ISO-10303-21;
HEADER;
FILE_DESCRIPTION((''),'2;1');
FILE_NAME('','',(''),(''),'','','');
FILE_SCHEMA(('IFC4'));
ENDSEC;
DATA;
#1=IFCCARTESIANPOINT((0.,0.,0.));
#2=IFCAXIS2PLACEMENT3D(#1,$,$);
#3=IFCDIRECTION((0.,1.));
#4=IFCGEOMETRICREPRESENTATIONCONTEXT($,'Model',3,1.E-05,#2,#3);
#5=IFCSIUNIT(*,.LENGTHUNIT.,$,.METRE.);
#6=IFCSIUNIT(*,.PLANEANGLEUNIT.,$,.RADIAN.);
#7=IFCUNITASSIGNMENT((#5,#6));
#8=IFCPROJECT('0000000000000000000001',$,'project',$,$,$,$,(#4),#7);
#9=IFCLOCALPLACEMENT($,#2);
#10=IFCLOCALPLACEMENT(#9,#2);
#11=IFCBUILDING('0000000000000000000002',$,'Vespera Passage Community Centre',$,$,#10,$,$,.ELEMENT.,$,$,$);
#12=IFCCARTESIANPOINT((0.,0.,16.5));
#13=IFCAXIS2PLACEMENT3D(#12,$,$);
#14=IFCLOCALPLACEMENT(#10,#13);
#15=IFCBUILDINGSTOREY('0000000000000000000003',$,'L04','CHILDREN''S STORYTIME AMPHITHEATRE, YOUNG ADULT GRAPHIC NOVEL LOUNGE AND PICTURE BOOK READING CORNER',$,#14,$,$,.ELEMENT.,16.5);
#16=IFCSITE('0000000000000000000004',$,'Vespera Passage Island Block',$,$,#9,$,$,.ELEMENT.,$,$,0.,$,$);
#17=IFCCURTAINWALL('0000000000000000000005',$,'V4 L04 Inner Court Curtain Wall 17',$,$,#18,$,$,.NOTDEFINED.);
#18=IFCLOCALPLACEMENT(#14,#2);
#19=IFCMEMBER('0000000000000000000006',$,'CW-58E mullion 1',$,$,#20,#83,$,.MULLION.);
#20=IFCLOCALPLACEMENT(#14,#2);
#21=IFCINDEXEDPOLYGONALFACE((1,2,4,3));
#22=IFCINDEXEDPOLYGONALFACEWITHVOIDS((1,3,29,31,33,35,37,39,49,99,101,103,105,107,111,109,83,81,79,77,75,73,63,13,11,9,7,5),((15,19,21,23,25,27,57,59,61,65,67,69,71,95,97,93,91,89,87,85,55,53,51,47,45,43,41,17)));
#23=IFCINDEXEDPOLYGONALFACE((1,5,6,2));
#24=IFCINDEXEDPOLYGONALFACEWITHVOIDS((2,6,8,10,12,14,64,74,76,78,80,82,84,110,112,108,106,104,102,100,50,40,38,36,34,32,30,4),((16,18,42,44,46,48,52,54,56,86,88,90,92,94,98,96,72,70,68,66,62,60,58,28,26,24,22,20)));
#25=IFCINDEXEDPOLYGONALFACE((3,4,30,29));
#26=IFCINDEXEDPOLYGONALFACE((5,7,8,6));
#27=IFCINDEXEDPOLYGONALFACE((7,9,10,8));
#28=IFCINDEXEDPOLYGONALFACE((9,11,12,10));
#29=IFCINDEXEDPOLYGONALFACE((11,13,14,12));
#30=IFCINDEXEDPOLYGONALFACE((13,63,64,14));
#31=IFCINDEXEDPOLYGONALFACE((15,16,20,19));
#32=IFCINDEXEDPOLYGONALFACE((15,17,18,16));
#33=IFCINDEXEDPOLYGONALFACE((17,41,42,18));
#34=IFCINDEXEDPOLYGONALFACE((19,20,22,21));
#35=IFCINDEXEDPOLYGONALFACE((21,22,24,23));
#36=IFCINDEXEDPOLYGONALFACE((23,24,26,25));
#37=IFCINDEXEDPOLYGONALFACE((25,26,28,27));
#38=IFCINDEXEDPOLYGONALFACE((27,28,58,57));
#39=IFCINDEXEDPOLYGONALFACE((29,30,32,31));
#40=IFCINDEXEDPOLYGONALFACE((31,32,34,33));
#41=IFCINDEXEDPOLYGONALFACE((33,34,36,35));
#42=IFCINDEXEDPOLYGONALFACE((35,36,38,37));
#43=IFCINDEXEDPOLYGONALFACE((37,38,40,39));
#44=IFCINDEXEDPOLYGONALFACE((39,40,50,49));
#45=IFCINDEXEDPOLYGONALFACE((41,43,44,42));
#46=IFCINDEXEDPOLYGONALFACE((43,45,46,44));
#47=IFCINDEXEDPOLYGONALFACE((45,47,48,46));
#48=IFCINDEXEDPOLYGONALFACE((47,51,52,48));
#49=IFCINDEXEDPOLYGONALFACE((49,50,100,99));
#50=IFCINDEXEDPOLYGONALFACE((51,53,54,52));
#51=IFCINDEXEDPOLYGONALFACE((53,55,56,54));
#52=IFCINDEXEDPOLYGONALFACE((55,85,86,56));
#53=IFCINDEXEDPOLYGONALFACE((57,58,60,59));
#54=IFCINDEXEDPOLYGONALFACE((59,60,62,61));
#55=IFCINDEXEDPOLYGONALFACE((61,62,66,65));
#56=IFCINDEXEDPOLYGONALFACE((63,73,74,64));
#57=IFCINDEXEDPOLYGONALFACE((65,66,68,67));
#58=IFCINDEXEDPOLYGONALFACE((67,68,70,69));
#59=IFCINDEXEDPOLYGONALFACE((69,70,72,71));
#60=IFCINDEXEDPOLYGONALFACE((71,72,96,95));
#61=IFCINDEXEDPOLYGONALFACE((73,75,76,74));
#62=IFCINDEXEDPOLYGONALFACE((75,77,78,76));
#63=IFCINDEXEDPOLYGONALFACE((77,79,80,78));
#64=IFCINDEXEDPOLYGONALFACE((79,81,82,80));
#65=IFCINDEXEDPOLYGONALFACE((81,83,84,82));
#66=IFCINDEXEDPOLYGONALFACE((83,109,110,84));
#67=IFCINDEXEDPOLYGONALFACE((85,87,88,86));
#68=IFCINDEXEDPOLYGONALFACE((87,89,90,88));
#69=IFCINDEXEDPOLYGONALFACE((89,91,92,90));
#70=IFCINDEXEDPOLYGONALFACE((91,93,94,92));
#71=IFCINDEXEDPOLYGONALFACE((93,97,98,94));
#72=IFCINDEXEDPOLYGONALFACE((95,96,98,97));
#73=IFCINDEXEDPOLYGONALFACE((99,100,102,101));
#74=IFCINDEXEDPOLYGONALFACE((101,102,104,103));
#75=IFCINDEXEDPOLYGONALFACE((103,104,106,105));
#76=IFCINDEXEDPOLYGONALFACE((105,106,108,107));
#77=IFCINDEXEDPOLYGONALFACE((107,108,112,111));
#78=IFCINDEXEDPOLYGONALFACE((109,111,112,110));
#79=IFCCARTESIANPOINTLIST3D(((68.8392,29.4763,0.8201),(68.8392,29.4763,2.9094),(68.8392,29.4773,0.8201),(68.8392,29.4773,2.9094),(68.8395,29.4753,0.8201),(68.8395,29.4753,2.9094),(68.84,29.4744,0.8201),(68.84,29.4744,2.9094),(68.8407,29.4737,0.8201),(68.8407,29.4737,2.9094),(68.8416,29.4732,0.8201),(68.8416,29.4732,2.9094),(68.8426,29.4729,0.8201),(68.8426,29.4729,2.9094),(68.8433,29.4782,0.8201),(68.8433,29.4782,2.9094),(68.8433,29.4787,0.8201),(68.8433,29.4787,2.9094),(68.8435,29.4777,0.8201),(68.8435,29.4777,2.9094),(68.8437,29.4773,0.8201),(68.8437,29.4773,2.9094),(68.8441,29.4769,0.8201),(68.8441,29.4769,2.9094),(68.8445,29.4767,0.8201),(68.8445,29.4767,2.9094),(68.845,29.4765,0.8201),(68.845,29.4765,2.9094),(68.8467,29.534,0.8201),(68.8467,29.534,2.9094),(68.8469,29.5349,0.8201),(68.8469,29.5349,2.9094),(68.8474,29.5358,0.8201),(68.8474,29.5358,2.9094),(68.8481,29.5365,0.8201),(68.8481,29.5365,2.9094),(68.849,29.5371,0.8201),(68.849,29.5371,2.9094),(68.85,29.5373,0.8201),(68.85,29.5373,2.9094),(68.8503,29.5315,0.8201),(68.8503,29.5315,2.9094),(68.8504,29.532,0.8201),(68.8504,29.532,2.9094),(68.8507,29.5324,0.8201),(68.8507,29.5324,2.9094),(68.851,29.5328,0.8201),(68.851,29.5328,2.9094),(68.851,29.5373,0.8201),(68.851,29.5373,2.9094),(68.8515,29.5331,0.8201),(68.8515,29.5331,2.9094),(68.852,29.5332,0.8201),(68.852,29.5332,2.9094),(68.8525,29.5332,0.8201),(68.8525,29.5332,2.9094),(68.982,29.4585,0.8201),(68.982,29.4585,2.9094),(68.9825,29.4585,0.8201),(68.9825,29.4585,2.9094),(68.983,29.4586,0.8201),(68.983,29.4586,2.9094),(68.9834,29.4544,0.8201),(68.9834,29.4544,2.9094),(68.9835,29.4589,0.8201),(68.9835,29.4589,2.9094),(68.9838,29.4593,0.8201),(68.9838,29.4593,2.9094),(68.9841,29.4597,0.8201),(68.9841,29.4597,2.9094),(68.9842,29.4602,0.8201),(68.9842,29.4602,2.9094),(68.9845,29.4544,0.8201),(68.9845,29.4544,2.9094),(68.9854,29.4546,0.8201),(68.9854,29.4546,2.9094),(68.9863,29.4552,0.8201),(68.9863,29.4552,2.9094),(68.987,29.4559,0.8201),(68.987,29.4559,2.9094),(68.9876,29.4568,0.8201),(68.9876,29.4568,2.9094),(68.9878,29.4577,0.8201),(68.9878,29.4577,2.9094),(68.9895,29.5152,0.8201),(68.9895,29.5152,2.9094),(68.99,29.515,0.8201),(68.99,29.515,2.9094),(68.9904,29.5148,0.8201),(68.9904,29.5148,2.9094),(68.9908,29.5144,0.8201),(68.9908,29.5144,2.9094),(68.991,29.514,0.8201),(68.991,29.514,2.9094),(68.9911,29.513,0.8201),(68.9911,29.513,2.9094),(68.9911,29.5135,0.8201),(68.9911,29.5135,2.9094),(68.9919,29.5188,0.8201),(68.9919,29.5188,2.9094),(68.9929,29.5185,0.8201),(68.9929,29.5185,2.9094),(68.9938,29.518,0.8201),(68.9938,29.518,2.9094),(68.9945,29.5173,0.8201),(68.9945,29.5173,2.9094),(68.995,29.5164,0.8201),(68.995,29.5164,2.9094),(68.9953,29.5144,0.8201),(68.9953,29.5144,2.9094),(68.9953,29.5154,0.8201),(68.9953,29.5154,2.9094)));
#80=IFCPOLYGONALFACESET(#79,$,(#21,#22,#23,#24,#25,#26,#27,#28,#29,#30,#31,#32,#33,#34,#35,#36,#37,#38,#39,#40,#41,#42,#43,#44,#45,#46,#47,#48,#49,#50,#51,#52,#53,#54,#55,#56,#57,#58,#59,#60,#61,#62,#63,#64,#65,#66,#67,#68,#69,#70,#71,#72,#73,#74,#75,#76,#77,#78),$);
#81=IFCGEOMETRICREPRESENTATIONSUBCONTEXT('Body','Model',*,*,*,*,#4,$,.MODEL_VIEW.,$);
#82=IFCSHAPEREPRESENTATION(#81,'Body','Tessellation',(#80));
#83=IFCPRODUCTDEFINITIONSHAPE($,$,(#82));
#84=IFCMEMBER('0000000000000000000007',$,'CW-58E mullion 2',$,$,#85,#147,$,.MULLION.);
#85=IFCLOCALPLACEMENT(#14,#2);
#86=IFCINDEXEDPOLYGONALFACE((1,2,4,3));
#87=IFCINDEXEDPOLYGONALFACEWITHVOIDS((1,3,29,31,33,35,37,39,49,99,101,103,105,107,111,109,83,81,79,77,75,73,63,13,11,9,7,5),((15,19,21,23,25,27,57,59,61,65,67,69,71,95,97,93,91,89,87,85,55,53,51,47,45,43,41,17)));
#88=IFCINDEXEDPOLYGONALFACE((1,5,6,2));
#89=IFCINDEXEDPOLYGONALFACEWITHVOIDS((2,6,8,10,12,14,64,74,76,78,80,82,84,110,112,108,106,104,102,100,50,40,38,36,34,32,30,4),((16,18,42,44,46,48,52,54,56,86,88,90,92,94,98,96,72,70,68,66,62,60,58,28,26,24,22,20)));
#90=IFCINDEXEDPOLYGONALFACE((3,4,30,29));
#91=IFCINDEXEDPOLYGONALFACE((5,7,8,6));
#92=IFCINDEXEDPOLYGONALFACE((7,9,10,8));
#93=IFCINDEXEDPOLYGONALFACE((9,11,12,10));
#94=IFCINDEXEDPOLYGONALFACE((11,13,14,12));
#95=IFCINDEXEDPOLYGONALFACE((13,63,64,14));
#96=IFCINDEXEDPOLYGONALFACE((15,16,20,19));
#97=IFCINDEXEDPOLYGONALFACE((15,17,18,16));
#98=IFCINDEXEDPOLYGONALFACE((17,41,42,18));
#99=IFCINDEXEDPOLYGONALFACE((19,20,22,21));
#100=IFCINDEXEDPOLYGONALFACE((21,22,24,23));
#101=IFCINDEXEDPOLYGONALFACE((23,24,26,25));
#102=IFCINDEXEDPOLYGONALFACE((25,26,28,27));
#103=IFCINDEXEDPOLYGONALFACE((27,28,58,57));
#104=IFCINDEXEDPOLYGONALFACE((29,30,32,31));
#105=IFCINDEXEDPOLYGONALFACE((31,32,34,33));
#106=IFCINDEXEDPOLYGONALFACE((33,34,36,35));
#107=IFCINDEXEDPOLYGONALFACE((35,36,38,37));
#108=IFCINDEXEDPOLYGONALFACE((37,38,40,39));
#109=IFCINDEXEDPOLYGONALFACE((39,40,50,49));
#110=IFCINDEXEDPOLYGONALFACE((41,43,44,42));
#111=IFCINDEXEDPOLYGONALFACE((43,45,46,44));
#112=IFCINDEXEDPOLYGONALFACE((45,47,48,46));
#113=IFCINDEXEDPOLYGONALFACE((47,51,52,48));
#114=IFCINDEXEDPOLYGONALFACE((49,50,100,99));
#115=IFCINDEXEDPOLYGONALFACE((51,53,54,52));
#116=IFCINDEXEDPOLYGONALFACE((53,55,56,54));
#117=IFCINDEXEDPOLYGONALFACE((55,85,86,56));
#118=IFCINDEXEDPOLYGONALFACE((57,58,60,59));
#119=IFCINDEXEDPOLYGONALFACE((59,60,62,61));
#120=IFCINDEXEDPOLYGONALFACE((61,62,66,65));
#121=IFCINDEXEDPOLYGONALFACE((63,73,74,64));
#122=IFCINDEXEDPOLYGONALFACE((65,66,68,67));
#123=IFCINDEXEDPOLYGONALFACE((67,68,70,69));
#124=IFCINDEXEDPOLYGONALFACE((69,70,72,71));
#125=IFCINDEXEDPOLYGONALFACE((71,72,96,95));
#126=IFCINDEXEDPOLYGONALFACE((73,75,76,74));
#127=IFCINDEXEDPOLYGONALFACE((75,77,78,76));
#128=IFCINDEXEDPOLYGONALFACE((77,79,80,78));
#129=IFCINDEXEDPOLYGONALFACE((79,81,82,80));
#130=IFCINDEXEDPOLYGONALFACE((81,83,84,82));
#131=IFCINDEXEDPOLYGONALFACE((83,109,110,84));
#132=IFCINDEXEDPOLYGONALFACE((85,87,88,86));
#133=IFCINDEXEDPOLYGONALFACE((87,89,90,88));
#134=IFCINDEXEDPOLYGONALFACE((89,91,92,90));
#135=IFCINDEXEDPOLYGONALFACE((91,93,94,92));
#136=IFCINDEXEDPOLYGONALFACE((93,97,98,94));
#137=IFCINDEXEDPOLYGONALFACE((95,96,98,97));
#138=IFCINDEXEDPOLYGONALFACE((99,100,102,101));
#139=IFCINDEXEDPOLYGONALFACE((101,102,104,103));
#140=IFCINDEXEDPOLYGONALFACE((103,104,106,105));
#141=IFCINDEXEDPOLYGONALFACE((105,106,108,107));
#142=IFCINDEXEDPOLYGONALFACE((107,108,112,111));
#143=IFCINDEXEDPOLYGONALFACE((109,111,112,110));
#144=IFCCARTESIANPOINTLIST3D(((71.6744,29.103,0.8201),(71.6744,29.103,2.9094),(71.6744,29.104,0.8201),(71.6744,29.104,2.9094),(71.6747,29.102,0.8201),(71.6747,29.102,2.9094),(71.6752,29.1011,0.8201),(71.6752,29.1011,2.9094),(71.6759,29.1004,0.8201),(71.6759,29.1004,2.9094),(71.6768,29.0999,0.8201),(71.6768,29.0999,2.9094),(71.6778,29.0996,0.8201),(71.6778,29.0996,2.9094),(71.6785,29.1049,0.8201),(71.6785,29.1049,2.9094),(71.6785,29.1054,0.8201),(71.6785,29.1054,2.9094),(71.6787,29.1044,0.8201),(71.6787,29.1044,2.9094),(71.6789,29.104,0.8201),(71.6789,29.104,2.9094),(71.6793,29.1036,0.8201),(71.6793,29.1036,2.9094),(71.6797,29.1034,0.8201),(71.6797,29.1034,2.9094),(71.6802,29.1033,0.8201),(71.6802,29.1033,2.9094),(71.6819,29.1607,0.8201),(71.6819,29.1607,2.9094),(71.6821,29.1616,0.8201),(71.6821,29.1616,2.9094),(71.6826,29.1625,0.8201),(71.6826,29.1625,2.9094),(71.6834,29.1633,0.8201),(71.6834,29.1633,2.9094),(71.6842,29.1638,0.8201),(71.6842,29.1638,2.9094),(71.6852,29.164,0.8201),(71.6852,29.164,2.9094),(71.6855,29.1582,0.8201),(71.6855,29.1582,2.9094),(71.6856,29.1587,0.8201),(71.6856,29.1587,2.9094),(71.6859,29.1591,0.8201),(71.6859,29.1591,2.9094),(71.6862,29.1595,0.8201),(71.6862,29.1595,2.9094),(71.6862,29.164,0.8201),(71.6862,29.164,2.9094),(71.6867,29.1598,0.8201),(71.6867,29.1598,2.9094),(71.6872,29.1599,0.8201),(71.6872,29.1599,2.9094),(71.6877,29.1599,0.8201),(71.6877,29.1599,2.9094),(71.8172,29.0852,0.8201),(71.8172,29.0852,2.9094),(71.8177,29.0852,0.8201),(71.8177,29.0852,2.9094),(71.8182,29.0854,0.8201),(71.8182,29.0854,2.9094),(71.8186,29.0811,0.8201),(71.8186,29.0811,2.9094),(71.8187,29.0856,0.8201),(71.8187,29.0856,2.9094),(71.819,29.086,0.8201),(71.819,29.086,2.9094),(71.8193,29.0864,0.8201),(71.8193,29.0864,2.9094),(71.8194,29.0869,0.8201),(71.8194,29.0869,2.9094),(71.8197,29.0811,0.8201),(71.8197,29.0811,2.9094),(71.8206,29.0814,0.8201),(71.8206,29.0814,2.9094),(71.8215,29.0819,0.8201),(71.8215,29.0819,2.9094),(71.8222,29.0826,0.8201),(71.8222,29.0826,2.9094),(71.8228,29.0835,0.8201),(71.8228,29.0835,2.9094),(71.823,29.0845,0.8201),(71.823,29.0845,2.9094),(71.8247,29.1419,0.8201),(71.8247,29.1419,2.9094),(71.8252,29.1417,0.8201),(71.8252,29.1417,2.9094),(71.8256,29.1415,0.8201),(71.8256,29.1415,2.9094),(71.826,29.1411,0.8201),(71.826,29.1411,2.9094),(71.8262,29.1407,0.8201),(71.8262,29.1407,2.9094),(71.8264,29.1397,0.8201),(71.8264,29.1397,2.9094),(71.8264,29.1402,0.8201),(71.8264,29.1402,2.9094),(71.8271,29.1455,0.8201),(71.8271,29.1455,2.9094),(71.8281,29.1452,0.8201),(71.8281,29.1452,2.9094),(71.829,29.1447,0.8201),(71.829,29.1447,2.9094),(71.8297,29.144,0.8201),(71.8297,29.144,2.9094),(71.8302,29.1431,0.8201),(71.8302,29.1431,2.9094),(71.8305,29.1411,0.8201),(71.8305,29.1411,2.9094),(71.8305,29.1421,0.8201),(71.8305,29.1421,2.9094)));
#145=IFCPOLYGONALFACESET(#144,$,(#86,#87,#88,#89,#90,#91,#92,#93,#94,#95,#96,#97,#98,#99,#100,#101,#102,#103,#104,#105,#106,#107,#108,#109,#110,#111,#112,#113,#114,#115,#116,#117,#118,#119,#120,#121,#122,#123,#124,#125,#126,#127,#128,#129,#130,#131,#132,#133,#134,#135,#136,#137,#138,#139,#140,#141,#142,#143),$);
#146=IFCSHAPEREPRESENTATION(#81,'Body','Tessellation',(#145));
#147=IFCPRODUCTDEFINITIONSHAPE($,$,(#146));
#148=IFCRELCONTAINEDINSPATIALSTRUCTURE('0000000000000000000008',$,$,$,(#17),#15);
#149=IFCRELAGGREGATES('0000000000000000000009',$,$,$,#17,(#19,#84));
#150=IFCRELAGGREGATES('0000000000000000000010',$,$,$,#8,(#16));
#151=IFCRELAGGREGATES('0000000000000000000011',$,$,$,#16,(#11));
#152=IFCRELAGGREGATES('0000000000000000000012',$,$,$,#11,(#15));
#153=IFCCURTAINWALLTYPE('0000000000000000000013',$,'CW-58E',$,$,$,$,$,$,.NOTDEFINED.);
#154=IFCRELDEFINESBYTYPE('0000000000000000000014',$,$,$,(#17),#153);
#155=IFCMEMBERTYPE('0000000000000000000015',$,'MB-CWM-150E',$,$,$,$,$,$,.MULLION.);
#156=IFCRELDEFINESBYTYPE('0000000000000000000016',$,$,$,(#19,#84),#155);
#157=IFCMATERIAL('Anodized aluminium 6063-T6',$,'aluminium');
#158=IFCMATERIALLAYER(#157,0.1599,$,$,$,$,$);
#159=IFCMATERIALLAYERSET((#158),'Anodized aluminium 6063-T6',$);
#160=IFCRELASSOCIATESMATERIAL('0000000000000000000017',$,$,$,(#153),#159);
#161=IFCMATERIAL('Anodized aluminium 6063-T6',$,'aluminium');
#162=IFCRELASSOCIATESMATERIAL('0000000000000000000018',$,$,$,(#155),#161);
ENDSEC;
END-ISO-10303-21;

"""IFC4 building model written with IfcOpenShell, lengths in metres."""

from ifc_helpers import new_model, si_unit, direction, frame, origin, origin_2d, place, context, subcontext, project, spatial, hollow_rectangle, extrude, material, layer, layer_set, material_profile, profile_set, type_object, element, aggregate, save


model = new_model("IFC4")

# Units and contexts
model_context = context("Model", 3, precision=1e-05, world=origin(), true_north=direction((0.0, 1.0)))
body_context = subcontext(model_context, "Body", "Model", "MODEL_VIEW")
ifc_project = project(units=[si_unit("LENGTHUNIT", "METRE"), si_unit("PLANEANGLEUNIT", "RADIAN")], contexts=[model_context])

# Site, building, storey
site_placement = place(None, origin())
site = spatial("IfcSite", under=ifc_project, at=site_placement, Name="Vespera Passage Island Block", CompositionType="ELEMENT", RefElevation=0.0)
building_placement = place(site_placement, origin())
building = spatial("IfcBuilding", under=site, at=building_placement, Name="Vespera Passage Community Centre", CompositionType="ELEMENT")
storey_placement = place(building_placement, frame((0.0, 0.0, 16.5)))
storey = spatial("IfcBuildingStorey", under=building, at=storey_placement, Name="L04", Description="CHILDREN'S STORYTIME AMPHITHEATRE, YOUNG ADULT GRAPHIC NOVEL LOUNGE AND PICTURE BOOK READING CORNER", CompositionType="ELEMENT", Elevation=16.5)

# Curtain wall, members
ifc_material_1 = material(Name="Anodized aluminium 6063-T6", Category="aluminium")
ifc_layer_1 = layer(ifc_material_1, 0.1599)
ifc_layer_set_1 = layer_set([ifc_layer_1], Name="Anodized aluminium 6063-T6")
curtain_wall_type_1 = type_object("IfcCurtainWallType", Name="CW-58E", PredefinedType="NOTDEFINED", material=ifc_layer_set_1)
curtain_wall_1_placement = place(storey_placement, origin())
curtain_wall_1 = element("IfcCurtainWall", 1, at=curtain_wall_1_placement, inside=storey, type_object=curtain_wall_type_1, Name="V4 L04 Inner Court Curtain Wall 17", PredefinedType="NOTDEFINED")
ifc_material_2 = material(Name="Anodized aluminium 6063-T6", Category="aluminium")
ifc_material_profile_1 = material_profile(ifc_material_2, hollow_rectangle(XDim=0.0649, YDim=0.1499, WallThickness=0.0039, InnerFilletRadius=0.002, OuterFilletRadius=0.0039, at=origin_2d()), Name="ALU150X65X4")
ifc_profile_set_1 = profile_set([ifc_material_profile_1], Name="Anodized aluminium 6063-T6")
member_type_1 = type_object("IfcMemberType", Name="MB-CWM-150E", PredefinedType="MULLION", material=ifc_profile_set_1)
member_1_placement = place(storey_placement, frame((68.9172, 29.4958, 0.8201), z_axis=(0.0, 0.0, 1.0), x_axis=(0.130522, 0.991445, 0.0)))
member_1 = element("IfcMember", 2, at=member_1_placement, type_object=member_type_1, Name="CW-58E mullion 1", PredefinedType="MULLION", context=body_context, shape_type="SweptSolid", body=[
    extrude(hollow_rectangle(XDim=0.0649, YDim=0.1499, WallThickness=0.0039, InnerFilletRadius=0.002, OuterFilletRadius=0.0039, at=origin_2d()), origin(), (0.0, 0.0, 1.0), 2.0894),
])
member_2_placement = place(storey_placement, frame((71.7524, 29.1226, 0.8201), z_axis=(0.0, 0.0, 1.0), x_axis=(0.130522, 0.991445, 0.0)))
member_2 = element("IfcMember", 3, at=member_2_placement, type_object=member_type_1, Name="CW-58E mullion 2", PredefinedType="MULLION", context=body_context, shape_type="SweptSolid", body=[
    extrude(hollow_rectangle(XDim=0.0649, YDim=0.1499, WallThickness=0.0039, InnerFilletRadius=0.002, OuterFilletRadius=0.0039, at=origin_2d()), origin(), (0.0, 0.0, 1.0), 2.0894),
])

aggregate(curtain_wall_1, [member_1, member_2])

save(model, "model.ifc")
